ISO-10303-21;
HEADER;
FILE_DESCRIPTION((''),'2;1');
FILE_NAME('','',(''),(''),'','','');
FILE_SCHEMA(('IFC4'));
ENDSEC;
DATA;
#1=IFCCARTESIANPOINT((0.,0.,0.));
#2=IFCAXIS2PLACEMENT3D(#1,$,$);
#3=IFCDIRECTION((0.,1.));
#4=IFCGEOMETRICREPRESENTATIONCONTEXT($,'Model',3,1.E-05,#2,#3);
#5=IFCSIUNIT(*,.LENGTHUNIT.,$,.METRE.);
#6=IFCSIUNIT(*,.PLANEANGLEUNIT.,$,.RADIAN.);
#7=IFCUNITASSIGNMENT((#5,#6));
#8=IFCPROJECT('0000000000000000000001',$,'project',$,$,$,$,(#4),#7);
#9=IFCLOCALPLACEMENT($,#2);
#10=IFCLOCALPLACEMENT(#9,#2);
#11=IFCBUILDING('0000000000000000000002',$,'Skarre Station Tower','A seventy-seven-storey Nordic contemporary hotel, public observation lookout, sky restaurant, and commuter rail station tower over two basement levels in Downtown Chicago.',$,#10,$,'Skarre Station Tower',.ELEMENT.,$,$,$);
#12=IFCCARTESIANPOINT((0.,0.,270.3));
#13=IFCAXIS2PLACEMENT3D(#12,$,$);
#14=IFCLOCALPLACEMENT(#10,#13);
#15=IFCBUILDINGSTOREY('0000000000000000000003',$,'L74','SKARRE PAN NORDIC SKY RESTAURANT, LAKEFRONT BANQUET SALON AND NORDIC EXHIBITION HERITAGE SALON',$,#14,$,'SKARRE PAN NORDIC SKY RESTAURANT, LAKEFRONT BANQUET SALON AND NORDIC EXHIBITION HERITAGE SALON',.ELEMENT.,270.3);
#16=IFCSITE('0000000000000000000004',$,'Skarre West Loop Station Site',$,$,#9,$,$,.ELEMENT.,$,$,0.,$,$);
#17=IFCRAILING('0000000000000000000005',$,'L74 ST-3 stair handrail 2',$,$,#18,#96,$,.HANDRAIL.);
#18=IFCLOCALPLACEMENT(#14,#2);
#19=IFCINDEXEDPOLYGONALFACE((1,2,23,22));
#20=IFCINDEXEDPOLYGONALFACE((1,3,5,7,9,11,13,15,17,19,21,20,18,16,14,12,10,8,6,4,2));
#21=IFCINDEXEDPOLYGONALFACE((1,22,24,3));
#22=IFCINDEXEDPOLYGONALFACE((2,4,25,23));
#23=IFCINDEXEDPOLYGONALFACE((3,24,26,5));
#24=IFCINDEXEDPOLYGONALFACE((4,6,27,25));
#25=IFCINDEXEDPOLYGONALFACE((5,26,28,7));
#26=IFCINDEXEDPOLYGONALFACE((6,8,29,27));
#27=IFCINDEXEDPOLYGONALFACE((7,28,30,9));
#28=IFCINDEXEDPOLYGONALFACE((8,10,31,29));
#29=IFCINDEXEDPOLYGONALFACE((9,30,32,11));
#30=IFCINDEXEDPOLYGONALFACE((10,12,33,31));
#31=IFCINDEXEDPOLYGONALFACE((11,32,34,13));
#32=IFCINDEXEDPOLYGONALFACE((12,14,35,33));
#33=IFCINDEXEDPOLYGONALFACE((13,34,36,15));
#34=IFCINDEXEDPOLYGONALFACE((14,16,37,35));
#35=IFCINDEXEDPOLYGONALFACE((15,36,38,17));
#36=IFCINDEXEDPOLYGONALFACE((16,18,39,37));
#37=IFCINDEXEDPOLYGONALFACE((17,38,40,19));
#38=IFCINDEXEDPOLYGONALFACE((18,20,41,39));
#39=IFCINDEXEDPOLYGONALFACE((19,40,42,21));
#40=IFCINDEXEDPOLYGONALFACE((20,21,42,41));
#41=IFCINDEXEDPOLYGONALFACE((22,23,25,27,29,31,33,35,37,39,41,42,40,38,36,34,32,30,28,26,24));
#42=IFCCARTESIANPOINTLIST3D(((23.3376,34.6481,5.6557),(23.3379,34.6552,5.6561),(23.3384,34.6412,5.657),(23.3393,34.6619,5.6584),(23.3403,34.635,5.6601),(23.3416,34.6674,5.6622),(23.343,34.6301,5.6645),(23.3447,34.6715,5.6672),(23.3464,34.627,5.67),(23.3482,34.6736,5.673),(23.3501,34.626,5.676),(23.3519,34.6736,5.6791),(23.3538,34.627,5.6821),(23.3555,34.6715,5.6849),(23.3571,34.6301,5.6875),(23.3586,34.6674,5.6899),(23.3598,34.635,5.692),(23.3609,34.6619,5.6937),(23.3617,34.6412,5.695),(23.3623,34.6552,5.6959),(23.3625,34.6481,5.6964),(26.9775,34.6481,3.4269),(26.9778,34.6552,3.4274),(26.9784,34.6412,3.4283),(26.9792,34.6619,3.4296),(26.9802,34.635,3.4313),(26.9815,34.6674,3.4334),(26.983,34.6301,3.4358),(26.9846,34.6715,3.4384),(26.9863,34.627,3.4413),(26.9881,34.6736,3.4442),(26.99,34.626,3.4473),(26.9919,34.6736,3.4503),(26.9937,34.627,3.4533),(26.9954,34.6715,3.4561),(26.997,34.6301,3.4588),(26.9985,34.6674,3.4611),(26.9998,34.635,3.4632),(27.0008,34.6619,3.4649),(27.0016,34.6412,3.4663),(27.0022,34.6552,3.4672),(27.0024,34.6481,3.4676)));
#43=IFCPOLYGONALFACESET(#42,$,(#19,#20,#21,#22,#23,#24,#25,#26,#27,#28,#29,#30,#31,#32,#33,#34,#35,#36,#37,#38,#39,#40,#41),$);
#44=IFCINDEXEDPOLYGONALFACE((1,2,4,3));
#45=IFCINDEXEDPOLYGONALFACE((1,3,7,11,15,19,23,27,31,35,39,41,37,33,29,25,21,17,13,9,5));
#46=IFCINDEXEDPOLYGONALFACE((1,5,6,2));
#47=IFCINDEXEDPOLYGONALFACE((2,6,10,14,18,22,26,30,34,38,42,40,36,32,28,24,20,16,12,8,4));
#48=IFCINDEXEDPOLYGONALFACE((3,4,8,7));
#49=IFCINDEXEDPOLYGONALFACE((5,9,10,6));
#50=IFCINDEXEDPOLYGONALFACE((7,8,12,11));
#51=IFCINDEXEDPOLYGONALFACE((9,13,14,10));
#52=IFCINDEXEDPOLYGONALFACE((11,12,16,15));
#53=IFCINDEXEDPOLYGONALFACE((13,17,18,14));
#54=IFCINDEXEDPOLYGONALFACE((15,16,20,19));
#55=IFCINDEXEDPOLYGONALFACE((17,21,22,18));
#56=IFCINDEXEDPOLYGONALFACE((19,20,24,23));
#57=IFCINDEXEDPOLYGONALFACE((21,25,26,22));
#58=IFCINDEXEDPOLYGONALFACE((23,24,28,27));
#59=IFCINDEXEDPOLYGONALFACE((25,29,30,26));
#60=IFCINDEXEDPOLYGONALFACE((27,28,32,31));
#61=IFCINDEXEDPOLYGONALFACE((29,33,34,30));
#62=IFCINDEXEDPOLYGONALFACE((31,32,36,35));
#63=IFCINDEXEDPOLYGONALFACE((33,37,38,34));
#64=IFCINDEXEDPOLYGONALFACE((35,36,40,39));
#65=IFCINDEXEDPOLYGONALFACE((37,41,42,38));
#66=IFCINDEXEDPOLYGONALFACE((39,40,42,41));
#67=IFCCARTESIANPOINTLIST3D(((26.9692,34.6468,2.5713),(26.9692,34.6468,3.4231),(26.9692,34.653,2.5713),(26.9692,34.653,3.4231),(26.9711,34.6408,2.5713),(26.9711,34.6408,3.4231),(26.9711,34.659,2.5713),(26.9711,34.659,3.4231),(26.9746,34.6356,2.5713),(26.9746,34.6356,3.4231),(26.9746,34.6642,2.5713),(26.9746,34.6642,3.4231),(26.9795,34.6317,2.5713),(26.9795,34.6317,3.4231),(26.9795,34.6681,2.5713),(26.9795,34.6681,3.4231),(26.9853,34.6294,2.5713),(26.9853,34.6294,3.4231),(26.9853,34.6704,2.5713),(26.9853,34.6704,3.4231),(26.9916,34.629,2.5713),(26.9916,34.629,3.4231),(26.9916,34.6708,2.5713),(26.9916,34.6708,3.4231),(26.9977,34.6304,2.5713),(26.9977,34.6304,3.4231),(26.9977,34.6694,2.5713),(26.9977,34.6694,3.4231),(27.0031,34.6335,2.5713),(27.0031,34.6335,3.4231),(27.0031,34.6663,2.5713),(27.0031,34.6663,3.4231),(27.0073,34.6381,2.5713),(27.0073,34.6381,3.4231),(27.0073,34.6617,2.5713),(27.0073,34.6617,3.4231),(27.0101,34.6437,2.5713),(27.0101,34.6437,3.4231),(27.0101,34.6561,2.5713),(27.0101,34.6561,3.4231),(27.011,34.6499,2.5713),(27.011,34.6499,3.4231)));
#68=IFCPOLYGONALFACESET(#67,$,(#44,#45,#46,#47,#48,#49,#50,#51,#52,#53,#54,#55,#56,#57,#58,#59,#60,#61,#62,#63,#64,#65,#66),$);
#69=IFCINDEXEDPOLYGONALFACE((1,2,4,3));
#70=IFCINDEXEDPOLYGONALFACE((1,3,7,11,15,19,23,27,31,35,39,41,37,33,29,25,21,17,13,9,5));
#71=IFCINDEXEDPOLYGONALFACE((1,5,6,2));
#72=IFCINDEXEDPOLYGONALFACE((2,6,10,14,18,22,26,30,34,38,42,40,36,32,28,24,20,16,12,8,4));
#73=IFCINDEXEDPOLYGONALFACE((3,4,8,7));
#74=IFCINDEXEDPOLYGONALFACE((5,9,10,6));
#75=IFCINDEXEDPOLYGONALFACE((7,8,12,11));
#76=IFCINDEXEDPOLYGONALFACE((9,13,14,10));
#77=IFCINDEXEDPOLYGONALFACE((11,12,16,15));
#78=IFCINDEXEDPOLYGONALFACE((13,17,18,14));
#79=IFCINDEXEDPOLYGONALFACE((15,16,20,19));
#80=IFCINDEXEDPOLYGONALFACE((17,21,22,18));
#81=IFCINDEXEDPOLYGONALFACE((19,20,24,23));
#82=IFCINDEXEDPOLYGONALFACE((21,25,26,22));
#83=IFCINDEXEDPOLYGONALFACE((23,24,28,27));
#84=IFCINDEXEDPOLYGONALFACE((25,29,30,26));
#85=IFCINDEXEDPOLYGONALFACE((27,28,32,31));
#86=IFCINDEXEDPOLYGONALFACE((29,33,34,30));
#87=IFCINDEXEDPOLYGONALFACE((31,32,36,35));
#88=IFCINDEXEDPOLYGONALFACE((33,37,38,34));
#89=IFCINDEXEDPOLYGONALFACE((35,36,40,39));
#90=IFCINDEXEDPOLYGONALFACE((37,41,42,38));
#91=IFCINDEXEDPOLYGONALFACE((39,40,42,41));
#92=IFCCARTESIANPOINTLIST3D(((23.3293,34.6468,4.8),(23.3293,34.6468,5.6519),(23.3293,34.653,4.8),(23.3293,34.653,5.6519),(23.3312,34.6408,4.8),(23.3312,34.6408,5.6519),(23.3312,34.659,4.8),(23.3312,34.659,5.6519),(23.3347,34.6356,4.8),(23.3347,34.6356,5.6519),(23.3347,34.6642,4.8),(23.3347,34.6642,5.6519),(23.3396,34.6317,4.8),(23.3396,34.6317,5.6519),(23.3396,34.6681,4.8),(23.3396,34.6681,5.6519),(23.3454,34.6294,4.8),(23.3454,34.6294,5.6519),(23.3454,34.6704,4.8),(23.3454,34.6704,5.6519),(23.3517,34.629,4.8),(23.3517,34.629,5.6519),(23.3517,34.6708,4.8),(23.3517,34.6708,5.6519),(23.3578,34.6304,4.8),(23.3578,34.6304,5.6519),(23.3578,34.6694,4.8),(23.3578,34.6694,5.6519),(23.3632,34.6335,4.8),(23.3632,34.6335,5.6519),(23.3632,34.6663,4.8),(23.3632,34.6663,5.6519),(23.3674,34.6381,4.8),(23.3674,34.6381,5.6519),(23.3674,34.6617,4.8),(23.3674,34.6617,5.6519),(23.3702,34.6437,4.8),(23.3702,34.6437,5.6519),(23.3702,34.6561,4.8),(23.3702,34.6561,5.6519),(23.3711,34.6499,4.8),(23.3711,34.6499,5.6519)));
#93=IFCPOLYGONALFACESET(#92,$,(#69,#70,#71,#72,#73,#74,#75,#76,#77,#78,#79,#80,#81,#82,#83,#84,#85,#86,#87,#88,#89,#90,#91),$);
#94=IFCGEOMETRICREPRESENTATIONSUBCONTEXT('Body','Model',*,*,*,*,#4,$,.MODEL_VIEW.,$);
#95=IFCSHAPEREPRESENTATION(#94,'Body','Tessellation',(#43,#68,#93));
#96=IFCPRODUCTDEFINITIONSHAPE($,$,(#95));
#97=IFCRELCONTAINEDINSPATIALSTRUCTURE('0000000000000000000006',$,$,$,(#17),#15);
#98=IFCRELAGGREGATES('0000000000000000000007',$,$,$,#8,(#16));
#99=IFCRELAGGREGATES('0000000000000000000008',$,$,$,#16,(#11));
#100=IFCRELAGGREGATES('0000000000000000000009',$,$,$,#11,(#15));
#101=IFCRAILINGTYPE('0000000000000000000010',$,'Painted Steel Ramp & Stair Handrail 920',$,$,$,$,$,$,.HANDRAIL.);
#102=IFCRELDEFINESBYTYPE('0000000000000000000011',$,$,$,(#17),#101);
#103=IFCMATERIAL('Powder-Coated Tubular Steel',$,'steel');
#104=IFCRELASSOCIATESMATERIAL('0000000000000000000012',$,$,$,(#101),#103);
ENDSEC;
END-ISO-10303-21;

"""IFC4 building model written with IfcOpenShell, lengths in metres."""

from ifc_helpers import new_model, si_unit, direction, frame, origin, origin_2d, place, context, subcontext, project, spatial, circle, extrude, material, type_object, element, save


model = new_model("IFC4")

# Units and contexts
model_context = context("Model", 3, precision=1e-05, world=origin(), true_north=direction((0.0, 1.0)))
body_context = subcontext(model_context, "Body", "Model", "MODEL_VIEW")
ifc_project = project(units=[si_unit("LENGTHUNIT", "METRE"), si_unit("PLANEANGLEUNIT", "RADIAN")], contexts=[model_context])

# Site, building, storey
site_placement = place(None, origin())
site = spatial("IfcSite", under=ifc_project, at=site_placement, Name="Skarre West Loop Station Site", CompositionType="ELEMENT", RefElevation=0.0)
building_placement = place(site_placement, origin())
building = spatial("IfcBuilding", under=site, at=building_placement, Name="Skarre Station Tower", Description="A seventy-seven-storey Nordic contemporary hotel, public observation lookout, sky restaurant, and commuter rail station tower over two basement levels in Downtown Chicago.", LongName="Skarre Station Tower", CompositionType="ELEMENT")
storey_placement = place(building_placement, frame((0.0, 0.0, 270.3)))
storey = spatial("IfcBuildingStorey", under=building, at=storey_placement, Name="L74", Description="SKARRE PAN NORDIC SKY RESTAURANT, LAKEFRONT BANQUET SALON AND NORDIC EXHIBITION HERITAGE SALON", LongName="SKARRE PAN NORDIC SKY RESTAURANT, LAKEFRONT BANQUET SALON AND NORDIC EXHIBITION HERITAGE SALON", CompositionType="ELEMENT", Elevation=270.3)

# Railing
ifc_material_1 = material(Name="Powder-Coated Tubular Steel", Category="steel")
railing_type = type_object("IfcRailingType", Name="Painted Steel Ramp & Stair Handrail 920", PredefinedType="HANDRAIL", material=ifc_material_1)
railing_placement = place(storey_placement, frame((26.99, 34.6499, 2.5713)))
element("IfcRailing", 1, at=railing_placement, inside=storey, type_object=railing_type, Name="L74 ST-3 stair handrail 2", PredefinedType="HANDRAIL", context=body_context, shape_type="SweptSolid", body=[
    extrude(circle(Radius=0.0239, at=origin_2d()), frame((0.0, 0.0, 0.876), z_axis=(-0.852825, 0.0, 0.522197), x_axis=(0.0, -1.0, 0.0)), (0.0, 0.0, 1.0), 4.2681),
    extrude(circle(Radius=0.021, at=origin_2d()), origin(), (0.0, 0.0, 1.0), 0.8518),
    extrude(circle(Radius=0.021, at=origin_2d()), frame((-3.6399, 0.0, 2.2288)), (0.0, 0.0, 1.0), 0.8518),
])

save(model, "model.ifc")
